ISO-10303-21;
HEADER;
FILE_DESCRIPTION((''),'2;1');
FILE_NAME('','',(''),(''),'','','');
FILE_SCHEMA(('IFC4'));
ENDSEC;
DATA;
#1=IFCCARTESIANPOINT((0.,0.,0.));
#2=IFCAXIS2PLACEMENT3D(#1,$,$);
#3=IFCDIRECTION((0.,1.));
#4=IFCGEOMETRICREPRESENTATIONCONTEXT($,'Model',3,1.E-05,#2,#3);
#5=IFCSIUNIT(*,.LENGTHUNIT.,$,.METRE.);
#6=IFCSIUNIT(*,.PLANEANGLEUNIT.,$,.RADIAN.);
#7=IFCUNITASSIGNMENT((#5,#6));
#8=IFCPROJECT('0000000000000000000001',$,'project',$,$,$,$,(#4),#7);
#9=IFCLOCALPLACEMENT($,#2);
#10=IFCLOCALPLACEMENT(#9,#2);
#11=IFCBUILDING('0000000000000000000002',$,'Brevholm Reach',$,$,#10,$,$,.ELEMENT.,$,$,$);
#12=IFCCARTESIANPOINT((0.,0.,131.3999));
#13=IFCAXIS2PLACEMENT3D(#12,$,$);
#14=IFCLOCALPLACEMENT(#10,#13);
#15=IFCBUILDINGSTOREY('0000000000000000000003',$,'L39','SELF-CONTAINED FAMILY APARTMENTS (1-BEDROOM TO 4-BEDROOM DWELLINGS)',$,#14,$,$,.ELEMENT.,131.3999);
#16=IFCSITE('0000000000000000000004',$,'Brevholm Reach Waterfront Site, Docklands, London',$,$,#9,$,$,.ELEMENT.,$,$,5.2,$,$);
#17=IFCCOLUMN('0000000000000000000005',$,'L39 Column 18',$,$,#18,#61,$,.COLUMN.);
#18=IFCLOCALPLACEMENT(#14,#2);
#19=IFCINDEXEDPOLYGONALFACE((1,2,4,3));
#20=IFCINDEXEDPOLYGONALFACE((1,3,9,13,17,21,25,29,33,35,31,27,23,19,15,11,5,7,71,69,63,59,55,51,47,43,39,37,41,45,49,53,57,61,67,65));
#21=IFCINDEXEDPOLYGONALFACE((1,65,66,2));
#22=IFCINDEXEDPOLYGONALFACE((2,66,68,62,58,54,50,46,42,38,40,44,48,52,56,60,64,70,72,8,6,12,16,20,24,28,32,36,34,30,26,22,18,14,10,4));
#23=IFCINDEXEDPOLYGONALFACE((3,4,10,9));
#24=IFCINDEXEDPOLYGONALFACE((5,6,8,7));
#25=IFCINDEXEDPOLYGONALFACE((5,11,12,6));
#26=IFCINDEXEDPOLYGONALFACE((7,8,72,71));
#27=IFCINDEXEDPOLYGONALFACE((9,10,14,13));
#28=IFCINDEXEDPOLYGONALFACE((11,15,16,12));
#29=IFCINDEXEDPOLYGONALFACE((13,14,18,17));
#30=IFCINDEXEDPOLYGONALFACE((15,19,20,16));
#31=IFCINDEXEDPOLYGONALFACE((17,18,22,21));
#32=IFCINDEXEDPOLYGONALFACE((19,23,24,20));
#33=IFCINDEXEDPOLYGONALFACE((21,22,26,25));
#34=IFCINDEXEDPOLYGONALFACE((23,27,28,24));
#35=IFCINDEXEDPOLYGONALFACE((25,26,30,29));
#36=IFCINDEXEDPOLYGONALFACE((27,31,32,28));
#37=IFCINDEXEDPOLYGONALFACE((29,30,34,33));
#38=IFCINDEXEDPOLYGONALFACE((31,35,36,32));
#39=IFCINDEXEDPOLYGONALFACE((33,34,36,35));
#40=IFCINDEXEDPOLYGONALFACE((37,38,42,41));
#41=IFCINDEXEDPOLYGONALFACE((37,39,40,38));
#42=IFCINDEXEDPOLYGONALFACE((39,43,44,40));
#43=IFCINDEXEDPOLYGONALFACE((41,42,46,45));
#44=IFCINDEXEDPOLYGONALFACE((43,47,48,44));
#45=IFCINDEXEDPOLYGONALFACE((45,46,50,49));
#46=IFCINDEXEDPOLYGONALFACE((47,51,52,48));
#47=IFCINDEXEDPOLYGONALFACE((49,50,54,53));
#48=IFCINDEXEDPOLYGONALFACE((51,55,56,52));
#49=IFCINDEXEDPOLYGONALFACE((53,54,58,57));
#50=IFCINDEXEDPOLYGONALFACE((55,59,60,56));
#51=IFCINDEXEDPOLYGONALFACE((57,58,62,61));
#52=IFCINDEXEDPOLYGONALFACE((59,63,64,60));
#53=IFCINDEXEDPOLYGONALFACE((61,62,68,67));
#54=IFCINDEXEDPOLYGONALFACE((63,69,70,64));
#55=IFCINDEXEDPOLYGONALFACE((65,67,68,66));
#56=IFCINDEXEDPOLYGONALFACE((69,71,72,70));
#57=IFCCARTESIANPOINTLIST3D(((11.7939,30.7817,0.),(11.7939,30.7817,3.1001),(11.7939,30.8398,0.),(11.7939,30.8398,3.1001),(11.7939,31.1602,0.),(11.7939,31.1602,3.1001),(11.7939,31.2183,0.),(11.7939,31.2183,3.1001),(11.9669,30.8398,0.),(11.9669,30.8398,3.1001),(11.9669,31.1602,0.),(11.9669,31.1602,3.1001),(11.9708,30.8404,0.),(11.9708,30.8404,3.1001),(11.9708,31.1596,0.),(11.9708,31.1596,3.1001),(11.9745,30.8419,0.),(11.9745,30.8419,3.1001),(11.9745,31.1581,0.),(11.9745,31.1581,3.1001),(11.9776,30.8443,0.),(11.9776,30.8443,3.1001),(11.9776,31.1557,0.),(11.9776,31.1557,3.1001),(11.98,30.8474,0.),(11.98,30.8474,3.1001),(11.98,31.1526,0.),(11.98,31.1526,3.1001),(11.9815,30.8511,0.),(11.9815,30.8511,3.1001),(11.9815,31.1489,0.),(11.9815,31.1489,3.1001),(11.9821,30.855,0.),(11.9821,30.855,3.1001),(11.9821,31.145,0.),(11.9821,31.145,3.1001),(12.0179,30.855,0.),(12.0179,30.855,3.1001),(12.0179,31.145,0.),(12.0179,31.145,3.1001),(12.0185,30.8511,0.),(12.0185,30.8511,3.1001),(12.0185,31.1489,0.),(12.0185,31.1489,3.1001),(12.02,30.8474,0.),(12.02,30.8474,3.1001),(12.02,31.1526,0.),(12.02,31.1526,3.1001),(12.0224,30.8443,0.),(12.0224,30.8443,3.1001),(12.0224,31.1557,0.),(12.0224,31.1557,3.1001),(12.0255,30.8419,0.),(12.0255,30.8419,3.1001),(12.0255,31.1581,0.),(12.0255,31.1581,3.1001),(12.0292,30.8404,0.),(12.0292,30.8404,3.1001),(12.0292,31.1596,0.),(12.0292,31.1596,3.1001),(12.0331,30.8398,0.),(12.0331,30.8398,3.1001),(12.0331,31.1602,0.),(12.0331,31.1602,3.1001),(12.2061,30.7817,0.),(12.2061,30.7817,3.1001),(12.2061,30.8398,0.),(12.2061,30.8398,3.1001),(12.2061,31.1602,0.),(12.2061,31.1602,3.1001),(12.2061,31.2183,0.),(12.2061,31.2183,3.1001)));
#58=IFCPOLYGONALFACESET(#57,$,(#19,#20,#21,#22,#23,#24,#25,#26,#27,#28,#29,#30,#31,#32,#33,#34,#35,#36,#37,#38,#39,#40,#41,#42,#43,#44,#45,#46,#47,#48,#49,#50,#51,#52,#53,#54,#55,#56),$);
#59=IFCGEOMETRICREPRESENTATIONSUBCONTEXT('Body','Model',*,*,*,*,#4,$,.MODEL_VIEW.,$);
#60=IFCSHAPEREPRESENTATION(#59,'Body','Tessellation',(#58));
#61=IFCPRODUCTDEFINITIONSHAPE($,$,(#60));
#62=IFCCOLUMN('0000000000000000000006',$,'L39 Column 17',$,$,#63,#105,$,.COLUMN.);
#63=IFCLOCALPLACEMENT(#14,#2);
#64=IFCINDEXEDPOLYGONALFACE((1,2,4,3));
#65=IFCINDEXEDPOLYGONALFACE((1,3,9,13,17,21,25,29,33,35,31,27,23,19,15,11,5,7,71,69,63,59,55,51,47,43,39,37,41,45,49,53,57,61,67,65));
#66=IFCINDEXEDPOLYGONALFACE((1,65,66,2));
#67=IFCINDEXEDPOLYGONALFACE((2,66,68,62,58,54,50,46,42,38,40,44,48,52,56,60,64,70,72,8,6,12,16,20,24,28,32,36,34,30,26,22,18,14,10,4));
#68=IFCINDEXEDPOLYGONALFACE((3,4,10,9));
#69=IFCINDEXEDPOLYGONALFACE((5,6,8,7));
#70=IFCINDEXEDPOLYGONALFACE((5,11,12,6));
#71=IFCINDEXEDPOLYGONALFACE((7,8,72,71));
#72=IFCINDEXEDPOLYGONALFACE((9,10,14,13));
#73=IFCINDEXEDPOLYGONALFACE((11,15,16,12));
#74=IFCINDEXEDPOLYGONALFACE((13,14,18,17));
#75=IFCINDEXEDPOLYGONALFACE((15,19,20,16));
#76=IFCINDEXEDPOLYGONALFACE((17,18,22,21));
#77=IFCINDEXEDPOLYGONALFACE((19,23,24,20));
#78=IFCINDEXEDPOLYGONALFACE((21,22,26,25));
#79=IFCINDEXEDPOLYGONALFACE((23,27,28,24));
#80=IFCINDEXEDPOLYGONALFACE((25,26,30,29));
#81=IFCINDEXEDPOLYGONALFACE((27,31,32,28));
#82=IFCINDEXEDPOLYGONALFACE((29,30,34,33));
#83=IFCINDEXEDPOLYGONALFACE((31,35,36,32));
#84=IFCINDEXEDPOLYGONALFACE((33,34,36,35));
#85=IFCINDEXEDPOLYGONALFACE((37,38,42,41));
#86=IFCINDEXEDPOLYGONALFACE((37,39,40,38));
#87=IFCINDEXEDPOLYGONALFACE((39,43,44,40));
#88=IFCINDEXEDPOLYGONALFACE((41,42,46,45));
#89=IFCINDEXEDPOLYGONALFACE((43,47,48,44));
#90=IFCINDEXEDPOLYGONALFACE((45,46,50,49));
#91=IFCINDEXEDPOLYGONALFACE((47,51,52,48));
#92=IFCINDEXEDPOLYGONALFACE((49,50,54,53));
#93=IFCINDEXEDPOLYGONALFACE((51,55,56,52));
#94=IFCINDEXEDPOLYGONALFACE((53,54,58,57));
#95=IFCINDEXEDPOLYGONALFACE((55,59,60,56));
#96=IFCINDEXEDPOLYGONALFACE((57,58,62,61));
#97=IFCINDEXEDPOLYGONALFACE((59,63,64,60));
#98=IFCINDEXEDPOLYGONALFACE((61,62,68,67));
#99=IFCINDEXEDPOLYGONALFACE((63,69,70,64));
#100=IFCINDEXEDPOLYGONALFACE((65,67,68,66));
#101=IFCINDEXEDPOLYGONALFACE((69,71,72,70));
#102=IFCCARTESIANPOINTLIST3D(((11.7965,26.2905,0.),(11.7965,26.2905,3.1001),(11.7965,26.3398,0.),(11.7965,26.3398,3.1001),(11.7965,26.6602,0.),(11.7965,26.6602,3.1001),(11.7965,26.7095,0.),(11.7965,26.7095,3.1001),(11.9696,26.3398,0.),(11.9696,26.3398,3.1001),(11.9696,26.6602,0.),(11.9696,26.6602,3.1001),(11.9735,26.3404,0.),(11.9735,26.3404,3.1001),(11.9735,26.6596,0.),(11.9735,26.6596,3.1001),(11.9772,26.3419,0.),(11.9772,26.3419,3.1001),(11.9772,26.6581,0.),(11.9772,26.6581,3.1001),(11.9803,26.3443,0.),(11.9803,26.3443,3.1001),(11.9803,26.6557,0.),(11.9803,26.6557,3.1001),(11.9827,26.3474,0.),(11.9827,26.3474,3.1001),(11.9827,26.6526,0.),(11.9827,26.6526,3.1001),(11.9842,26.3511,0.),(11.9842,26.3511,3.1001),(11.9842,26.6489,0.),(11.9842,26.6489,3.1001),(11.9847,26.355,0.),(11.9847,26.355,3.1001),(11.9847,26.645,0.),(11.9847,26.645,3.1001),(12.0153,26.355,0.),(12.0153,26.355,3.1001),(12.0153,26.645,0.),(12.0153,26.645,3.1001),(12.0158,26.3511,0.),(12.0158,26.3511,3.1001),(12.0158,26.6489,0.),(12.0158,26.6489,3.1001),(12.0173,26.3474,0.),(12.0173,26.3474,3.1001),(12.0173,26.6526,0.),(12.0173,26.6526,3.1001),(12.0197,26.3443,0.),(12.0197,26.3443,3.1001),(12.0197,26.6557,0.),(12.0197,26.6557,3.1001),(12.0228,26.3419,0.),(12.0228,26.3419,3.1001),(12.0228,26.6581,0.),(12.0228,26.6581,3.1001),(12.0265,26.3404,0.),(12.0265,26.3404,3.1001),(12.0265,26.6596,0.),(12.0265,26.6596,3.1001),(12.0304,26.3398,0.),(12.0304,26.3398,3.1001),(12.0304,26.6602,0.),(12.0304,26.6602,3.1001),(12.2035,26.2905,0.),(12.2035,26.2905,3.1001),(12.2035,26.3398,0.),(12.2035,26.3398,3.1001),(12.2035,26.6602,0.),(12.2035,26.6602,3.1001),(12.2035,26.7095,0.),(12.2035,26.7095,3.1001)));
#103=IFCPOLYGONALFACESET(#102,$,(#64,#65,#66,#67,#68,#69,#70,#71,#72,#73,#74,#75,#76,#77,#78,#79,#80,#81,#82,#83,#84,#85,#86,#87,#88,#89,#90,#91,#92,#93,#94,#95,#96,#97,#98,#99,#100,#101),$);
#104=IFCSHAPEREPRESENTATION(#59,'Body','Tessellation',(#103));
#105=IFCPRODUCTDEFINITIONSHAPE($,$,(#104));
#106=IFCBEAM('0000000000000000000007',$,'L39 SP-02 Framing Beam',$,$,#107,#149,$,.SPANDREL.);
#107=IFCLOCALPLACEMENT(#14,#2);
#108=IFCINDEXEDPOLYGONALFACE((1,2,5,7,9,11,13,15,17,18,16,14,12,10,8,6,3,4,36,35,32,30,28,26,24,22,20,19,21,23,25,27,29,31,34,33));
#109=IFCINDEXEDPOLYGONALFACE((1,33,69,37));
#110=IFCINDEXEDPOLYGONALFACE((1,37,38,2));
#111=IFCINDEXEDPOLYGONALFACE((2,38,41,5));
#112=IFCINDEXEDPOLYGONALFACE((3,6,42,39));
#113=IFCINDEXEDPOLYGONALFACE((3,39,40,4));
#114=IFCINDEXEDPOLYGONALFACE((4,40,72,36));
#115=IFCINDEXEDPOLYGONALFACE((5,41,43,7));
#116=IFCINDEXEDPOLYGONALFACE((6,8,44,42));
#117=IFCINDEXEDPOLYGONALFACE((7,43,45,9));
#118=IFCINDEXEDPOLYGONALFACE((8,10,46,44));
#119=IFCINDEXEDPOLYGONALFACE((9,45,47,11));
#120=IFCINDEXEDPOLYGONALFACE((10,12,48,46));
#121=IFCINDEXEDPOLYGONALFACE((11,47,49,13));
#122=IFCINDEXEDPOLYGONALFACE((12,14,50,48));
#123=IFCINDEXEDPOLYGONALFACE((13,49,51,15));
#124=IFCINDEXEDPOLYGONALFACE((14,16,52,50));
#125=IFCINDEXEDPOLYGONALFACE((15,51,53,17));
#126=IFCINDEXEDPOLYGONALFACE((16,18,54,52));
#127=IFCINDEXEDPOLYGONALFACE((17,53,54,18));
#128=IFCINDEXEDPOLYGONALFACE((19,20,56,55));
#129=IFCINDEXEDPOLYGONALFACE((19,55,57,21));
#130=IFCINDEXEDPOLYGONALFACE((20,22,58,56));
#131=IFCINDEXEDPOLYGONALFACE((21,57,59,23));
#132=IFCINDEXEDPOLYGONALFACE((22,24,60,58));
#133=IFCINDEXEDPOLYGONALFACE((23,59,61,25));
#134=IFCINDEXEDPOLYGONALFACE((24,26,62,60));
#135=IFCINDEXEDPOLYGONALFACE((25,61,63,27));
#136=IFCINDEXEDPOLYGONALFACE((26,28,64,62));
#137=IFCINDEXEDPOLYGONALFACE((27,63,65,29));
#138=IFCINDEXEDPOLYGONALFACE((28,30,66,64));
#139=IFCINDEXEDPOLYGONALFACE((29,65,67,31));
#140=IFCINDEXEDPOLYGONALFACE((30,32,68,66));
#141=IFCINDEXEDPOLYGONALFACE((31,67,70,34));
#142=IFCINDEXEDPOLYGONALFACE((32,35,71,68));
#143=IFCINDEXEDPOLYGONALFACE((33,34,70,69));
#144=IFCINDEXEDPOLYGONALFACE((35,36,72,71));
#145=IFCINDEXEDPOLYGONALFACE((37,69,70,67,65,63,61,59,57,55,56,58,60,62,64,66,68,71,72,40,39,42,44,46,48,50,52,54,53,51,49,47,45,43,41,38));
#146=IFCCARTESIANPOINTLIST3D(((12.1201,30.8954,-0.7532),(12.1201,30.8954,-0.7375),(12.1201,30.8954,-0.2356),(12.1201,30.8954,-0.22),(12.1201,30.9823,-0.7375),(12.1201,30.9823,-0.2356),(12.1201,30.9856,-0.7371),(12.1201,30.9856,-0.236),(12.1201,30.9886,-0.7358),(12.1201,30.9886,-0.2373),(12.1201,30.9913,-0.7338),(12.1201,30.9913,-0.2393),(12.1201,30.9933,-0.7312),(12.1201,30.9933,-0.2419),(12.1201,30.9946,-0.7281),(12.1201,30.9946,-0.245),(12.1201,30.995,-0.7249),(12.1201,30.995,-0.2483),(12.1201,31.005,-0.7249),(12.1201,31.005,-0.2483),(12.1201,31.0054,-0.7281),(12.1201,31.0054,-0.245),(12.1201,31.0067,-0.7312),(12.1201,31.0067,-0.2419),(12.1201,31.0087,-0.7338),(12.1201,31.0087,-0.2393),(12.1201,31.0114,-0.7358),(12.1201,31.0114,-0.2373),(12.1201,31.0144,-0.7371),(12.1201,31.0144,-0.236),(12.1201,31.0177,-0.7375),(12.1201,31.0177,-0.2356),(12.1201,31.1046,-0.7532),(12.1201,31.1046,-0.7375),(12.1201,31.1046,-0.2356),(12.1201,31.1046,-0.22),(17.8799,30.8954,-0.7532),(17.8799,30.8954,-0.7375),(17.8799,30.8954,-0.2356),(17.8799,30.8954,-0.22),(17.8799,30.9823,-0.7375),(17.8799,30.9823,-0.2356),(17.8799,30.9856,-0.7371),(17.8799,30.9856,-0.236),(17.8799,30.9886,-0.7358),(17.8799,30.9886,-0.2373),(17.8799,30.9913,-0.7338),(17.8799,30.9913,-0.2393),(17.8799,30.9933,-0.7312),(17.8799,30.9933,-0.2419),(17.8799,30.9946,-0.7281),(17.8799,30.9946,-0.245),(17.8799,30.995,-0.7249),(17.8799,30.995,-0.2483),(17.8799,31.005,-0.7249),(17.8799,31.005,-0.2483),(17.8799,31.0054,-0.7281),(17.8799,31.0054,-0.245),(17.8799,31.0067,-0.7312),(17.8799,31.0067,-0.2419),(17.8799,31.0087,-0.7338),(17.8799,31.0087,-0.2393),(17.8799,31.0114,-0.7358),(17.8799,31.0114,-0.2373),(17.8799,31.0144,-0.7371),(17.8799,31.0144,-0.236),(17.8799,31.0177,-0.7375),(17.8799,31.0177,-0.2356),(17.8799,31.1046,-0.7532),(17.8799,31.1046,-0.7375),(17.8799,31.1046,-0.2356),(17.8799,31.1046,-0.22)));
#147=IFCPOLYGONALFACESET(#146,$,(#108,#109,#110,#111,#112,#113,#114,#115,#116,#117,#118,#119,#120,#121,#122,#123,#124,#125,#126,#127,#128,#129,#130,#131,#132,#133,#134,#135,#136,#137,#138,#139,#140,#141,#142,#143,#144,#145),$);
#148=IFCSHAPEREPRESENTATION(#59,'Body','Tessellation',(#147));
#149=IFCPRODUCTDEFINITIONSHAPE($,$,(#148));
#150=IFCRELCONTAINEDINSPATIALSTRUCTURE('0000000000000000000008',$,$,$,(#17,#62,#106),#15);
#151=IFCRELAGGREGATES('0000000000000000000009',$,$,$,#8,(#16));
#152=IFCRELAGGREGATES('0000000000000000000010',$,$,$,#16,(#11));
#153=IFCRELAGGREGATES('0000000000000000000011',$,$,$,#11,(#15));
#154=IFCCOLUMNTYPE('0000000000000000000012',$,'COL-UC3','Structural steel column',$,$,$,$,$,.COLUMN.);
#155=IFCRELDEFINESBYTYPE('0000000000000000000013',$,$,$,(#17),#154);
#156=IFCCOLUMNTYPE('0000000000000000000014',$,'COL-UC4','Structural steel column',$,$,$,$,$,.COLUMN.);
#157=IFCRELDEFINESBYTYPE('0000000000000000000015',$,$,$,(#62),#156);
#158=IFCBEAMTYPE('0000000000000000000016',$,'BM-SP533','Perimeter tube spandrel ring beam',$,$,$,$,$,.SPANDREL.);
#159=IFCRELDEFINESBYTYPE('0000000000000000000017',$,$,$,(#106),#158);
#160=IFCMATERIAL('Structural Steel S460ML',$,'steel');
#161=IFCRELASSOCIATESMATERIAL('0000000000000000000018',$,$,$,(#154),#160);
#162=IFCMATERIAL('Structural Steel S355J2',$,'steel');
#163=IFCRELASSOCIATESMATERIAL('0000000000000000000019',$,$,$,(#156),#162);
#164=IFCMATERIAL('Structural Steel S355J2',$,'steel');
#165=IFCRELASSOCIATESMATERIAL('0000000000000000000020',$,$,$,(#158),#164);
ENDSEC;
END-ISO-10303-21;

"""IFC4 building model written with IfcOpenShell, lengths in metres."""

from ifc_helpers import new_model, si_unit, direction, frame, origin, origin_2d, place, context, subcontext, project, spatial, i_section, extrude, material, material_profile, profile_set, type_object, element, save


model = new_model("IFC4")

# Units and contexts
model_context = context("Model", 3, precision=1e-05, world=origin(), true_north=direction((0.0, 1.0)))
body_context = subcontext(model_context, "Body", "Model", "MODEL_VIEW")
ifc_project = project(units=[si_unit("LENGTHUNIT", "METRE"), si_unit("PLANEANGLEUNIT", "RADIAN")], contexts=[model_context])

# Site, building, storey
site_placement = place(None, origin())
site = spatial("IfcSite", under=ifc_project, at=site_placement, Name="Brevholm Reach Waterfront Site, Docklands, London", CompositionType="ELEMENT", RefElevation=5.2)
building_placement = place(site_placement, origin())
building = spatial("IfcBuilding", under=site, at=building_placement, Name="Brevholm Reach", CompositionType="ELEMENT")
storey_placement = place(building_placement, frame((0.0, 0.0, 131.3999)))
storey = spatial("IfcBuildingStorey", under=building, at=storey_placement, Name="L39", Description="SELF-CONTAINED FAMILY APARTMENTS (1-BEDROOM TO 4-BEDROOM DWELLINGS)", CompositionType="ELEMENT", Elevation=131.3999)

# Columns
ifc_material_1 = material(Name="Structural Steel S460ML", Category="steel")
ifc_material_profile_1 = material_profile(ifc_material_1, i_section(OverallWidth=0.4121, OverallDepth=0.4365, WebThickness=0.0359, FlangeThickness=0.0581, FilletRadius=0.0151, at=origin_2d()), Name="UKC 356x406x467")
ifc_profile_set_1 = profile_set([ifc_material_profile_1], Name="Structural Steel S460ML")
column_type_1 = type_object("IfcColumnType", Name="COL-UC3", Description="Structural steel column", PredefinedType="COLUMN", material=ifc_profile_set_1)
column_1_placement = place(storey_placement, frame((12.0, 31.0, 0.0), z_axis=(0.0, 0.0, 1.0), x_axis=(1.0, 0.0, 0.0)))
element("IfcColumn", 1, at=column_1_placement, inside=storey, type_object=column_type_1, Name="L39 Column 18", PredefinedType="COLUMN", context=body_context, shape_type="SweptSolid", body=[
    extrude(i_section(OverallWidth=0.4121, OverallDepth=0.4365, WebThickness=0.0359, FlangeThickness=0.0581, FilletRadius=0.0151, at=origin_2d()), origin(), (0.0, 0.0, 1.0), 3.1001),
])
ifc_material_2 = material(Name="Structural Steel S355J2", Category="steel")
ifc_material_profile_2 = material_profile(ifc_material_2, i_section(OverallWidth=0.407, OverallDepth=0.4189, WebThickness=0.0305, FlangeThickness=0.0493, FilletRadius=0.0151, at=origin_2d()), Name="UKC 356x406x393")
ifc_profile_set_2 = profile_set([ifc_material_profile_2], Name="Structural Steel S355J2")
column_type_2 = type_object("IfcColumnType", Name="COL-UC4", Description="Structural steel column", PredefinedType="COLUMN", material=ifc_profile_set_2)
column_2_placement = place(storey_placement, frame((12.0, 26.5, 0.0), z_axis=(0.0, 0.0, 1.0), x_axis=(1.0, 0.0, 0.0)))
element("IfcColumn", 2, at=column_2_placement, inside=storey, type_object=column_type_2, Name="L39 Column 17", PredefinedType="COLUMN", context=body_context, shape_type="SweptSolid", body=[
    extrude(i_section(OverallWidth=0.407, OverallDepth=0.4189, WebThickness=0.0305, FlangeThickness=0.0493, FilletRadius=0.0151, at=origin_2d()), origin(), (0.0, 0.0, 1.0), 3.1001),
])

# Beam
ifc_material_3 = material(Name="Structural Steel S355J2", Category="steel")
ifc_material_profile_3 = material_profile(ifc_material_3, i_section(OverallWidth=0.2092, OverallDepth=0.5332, WebThickness=0.01, FlangeThickness=0.0156, FilletRadius=0.0127, at=origin_2d()), Name="UKB 533x210x92")
ifc_profile_set_3 = profile_set([ifc_material_profile_3], Name="Structural Steel S355J2")
beam_type_1 = type_object("IfcBeamType", Name="BM-SP533", Description="Perimeter tube spandrel ring beam", PredefinedType="SPANDREL", material=ifc_profile_set_3)
beam_1_placement = place(storey_placement, frame((12.1201, 31.0, -0.4866), z_axis=(1.0, 0.0, 0.0), x_axis=(0.0, 1.0, 0.0)))
element("IfcBeam", 3, at=beam_1_placement, inside=storey, type_object=beam_type_1, Name="L39 SP-02 Framing Beam", PredefinedType="SPANDREL", context=body_context, shape_type="SweptSolid", body=[
    extrude(i_section(OverallWidth=0.2092, OverallDepth=0.5332, WebThickness=0.01, FlangeThickness=0.0156, FilletRadius=0.0127, at=origin_2d()), origin(), (0.0, 0.0, 1.0), 5.7598),
])

save(model, "model.ifc")
